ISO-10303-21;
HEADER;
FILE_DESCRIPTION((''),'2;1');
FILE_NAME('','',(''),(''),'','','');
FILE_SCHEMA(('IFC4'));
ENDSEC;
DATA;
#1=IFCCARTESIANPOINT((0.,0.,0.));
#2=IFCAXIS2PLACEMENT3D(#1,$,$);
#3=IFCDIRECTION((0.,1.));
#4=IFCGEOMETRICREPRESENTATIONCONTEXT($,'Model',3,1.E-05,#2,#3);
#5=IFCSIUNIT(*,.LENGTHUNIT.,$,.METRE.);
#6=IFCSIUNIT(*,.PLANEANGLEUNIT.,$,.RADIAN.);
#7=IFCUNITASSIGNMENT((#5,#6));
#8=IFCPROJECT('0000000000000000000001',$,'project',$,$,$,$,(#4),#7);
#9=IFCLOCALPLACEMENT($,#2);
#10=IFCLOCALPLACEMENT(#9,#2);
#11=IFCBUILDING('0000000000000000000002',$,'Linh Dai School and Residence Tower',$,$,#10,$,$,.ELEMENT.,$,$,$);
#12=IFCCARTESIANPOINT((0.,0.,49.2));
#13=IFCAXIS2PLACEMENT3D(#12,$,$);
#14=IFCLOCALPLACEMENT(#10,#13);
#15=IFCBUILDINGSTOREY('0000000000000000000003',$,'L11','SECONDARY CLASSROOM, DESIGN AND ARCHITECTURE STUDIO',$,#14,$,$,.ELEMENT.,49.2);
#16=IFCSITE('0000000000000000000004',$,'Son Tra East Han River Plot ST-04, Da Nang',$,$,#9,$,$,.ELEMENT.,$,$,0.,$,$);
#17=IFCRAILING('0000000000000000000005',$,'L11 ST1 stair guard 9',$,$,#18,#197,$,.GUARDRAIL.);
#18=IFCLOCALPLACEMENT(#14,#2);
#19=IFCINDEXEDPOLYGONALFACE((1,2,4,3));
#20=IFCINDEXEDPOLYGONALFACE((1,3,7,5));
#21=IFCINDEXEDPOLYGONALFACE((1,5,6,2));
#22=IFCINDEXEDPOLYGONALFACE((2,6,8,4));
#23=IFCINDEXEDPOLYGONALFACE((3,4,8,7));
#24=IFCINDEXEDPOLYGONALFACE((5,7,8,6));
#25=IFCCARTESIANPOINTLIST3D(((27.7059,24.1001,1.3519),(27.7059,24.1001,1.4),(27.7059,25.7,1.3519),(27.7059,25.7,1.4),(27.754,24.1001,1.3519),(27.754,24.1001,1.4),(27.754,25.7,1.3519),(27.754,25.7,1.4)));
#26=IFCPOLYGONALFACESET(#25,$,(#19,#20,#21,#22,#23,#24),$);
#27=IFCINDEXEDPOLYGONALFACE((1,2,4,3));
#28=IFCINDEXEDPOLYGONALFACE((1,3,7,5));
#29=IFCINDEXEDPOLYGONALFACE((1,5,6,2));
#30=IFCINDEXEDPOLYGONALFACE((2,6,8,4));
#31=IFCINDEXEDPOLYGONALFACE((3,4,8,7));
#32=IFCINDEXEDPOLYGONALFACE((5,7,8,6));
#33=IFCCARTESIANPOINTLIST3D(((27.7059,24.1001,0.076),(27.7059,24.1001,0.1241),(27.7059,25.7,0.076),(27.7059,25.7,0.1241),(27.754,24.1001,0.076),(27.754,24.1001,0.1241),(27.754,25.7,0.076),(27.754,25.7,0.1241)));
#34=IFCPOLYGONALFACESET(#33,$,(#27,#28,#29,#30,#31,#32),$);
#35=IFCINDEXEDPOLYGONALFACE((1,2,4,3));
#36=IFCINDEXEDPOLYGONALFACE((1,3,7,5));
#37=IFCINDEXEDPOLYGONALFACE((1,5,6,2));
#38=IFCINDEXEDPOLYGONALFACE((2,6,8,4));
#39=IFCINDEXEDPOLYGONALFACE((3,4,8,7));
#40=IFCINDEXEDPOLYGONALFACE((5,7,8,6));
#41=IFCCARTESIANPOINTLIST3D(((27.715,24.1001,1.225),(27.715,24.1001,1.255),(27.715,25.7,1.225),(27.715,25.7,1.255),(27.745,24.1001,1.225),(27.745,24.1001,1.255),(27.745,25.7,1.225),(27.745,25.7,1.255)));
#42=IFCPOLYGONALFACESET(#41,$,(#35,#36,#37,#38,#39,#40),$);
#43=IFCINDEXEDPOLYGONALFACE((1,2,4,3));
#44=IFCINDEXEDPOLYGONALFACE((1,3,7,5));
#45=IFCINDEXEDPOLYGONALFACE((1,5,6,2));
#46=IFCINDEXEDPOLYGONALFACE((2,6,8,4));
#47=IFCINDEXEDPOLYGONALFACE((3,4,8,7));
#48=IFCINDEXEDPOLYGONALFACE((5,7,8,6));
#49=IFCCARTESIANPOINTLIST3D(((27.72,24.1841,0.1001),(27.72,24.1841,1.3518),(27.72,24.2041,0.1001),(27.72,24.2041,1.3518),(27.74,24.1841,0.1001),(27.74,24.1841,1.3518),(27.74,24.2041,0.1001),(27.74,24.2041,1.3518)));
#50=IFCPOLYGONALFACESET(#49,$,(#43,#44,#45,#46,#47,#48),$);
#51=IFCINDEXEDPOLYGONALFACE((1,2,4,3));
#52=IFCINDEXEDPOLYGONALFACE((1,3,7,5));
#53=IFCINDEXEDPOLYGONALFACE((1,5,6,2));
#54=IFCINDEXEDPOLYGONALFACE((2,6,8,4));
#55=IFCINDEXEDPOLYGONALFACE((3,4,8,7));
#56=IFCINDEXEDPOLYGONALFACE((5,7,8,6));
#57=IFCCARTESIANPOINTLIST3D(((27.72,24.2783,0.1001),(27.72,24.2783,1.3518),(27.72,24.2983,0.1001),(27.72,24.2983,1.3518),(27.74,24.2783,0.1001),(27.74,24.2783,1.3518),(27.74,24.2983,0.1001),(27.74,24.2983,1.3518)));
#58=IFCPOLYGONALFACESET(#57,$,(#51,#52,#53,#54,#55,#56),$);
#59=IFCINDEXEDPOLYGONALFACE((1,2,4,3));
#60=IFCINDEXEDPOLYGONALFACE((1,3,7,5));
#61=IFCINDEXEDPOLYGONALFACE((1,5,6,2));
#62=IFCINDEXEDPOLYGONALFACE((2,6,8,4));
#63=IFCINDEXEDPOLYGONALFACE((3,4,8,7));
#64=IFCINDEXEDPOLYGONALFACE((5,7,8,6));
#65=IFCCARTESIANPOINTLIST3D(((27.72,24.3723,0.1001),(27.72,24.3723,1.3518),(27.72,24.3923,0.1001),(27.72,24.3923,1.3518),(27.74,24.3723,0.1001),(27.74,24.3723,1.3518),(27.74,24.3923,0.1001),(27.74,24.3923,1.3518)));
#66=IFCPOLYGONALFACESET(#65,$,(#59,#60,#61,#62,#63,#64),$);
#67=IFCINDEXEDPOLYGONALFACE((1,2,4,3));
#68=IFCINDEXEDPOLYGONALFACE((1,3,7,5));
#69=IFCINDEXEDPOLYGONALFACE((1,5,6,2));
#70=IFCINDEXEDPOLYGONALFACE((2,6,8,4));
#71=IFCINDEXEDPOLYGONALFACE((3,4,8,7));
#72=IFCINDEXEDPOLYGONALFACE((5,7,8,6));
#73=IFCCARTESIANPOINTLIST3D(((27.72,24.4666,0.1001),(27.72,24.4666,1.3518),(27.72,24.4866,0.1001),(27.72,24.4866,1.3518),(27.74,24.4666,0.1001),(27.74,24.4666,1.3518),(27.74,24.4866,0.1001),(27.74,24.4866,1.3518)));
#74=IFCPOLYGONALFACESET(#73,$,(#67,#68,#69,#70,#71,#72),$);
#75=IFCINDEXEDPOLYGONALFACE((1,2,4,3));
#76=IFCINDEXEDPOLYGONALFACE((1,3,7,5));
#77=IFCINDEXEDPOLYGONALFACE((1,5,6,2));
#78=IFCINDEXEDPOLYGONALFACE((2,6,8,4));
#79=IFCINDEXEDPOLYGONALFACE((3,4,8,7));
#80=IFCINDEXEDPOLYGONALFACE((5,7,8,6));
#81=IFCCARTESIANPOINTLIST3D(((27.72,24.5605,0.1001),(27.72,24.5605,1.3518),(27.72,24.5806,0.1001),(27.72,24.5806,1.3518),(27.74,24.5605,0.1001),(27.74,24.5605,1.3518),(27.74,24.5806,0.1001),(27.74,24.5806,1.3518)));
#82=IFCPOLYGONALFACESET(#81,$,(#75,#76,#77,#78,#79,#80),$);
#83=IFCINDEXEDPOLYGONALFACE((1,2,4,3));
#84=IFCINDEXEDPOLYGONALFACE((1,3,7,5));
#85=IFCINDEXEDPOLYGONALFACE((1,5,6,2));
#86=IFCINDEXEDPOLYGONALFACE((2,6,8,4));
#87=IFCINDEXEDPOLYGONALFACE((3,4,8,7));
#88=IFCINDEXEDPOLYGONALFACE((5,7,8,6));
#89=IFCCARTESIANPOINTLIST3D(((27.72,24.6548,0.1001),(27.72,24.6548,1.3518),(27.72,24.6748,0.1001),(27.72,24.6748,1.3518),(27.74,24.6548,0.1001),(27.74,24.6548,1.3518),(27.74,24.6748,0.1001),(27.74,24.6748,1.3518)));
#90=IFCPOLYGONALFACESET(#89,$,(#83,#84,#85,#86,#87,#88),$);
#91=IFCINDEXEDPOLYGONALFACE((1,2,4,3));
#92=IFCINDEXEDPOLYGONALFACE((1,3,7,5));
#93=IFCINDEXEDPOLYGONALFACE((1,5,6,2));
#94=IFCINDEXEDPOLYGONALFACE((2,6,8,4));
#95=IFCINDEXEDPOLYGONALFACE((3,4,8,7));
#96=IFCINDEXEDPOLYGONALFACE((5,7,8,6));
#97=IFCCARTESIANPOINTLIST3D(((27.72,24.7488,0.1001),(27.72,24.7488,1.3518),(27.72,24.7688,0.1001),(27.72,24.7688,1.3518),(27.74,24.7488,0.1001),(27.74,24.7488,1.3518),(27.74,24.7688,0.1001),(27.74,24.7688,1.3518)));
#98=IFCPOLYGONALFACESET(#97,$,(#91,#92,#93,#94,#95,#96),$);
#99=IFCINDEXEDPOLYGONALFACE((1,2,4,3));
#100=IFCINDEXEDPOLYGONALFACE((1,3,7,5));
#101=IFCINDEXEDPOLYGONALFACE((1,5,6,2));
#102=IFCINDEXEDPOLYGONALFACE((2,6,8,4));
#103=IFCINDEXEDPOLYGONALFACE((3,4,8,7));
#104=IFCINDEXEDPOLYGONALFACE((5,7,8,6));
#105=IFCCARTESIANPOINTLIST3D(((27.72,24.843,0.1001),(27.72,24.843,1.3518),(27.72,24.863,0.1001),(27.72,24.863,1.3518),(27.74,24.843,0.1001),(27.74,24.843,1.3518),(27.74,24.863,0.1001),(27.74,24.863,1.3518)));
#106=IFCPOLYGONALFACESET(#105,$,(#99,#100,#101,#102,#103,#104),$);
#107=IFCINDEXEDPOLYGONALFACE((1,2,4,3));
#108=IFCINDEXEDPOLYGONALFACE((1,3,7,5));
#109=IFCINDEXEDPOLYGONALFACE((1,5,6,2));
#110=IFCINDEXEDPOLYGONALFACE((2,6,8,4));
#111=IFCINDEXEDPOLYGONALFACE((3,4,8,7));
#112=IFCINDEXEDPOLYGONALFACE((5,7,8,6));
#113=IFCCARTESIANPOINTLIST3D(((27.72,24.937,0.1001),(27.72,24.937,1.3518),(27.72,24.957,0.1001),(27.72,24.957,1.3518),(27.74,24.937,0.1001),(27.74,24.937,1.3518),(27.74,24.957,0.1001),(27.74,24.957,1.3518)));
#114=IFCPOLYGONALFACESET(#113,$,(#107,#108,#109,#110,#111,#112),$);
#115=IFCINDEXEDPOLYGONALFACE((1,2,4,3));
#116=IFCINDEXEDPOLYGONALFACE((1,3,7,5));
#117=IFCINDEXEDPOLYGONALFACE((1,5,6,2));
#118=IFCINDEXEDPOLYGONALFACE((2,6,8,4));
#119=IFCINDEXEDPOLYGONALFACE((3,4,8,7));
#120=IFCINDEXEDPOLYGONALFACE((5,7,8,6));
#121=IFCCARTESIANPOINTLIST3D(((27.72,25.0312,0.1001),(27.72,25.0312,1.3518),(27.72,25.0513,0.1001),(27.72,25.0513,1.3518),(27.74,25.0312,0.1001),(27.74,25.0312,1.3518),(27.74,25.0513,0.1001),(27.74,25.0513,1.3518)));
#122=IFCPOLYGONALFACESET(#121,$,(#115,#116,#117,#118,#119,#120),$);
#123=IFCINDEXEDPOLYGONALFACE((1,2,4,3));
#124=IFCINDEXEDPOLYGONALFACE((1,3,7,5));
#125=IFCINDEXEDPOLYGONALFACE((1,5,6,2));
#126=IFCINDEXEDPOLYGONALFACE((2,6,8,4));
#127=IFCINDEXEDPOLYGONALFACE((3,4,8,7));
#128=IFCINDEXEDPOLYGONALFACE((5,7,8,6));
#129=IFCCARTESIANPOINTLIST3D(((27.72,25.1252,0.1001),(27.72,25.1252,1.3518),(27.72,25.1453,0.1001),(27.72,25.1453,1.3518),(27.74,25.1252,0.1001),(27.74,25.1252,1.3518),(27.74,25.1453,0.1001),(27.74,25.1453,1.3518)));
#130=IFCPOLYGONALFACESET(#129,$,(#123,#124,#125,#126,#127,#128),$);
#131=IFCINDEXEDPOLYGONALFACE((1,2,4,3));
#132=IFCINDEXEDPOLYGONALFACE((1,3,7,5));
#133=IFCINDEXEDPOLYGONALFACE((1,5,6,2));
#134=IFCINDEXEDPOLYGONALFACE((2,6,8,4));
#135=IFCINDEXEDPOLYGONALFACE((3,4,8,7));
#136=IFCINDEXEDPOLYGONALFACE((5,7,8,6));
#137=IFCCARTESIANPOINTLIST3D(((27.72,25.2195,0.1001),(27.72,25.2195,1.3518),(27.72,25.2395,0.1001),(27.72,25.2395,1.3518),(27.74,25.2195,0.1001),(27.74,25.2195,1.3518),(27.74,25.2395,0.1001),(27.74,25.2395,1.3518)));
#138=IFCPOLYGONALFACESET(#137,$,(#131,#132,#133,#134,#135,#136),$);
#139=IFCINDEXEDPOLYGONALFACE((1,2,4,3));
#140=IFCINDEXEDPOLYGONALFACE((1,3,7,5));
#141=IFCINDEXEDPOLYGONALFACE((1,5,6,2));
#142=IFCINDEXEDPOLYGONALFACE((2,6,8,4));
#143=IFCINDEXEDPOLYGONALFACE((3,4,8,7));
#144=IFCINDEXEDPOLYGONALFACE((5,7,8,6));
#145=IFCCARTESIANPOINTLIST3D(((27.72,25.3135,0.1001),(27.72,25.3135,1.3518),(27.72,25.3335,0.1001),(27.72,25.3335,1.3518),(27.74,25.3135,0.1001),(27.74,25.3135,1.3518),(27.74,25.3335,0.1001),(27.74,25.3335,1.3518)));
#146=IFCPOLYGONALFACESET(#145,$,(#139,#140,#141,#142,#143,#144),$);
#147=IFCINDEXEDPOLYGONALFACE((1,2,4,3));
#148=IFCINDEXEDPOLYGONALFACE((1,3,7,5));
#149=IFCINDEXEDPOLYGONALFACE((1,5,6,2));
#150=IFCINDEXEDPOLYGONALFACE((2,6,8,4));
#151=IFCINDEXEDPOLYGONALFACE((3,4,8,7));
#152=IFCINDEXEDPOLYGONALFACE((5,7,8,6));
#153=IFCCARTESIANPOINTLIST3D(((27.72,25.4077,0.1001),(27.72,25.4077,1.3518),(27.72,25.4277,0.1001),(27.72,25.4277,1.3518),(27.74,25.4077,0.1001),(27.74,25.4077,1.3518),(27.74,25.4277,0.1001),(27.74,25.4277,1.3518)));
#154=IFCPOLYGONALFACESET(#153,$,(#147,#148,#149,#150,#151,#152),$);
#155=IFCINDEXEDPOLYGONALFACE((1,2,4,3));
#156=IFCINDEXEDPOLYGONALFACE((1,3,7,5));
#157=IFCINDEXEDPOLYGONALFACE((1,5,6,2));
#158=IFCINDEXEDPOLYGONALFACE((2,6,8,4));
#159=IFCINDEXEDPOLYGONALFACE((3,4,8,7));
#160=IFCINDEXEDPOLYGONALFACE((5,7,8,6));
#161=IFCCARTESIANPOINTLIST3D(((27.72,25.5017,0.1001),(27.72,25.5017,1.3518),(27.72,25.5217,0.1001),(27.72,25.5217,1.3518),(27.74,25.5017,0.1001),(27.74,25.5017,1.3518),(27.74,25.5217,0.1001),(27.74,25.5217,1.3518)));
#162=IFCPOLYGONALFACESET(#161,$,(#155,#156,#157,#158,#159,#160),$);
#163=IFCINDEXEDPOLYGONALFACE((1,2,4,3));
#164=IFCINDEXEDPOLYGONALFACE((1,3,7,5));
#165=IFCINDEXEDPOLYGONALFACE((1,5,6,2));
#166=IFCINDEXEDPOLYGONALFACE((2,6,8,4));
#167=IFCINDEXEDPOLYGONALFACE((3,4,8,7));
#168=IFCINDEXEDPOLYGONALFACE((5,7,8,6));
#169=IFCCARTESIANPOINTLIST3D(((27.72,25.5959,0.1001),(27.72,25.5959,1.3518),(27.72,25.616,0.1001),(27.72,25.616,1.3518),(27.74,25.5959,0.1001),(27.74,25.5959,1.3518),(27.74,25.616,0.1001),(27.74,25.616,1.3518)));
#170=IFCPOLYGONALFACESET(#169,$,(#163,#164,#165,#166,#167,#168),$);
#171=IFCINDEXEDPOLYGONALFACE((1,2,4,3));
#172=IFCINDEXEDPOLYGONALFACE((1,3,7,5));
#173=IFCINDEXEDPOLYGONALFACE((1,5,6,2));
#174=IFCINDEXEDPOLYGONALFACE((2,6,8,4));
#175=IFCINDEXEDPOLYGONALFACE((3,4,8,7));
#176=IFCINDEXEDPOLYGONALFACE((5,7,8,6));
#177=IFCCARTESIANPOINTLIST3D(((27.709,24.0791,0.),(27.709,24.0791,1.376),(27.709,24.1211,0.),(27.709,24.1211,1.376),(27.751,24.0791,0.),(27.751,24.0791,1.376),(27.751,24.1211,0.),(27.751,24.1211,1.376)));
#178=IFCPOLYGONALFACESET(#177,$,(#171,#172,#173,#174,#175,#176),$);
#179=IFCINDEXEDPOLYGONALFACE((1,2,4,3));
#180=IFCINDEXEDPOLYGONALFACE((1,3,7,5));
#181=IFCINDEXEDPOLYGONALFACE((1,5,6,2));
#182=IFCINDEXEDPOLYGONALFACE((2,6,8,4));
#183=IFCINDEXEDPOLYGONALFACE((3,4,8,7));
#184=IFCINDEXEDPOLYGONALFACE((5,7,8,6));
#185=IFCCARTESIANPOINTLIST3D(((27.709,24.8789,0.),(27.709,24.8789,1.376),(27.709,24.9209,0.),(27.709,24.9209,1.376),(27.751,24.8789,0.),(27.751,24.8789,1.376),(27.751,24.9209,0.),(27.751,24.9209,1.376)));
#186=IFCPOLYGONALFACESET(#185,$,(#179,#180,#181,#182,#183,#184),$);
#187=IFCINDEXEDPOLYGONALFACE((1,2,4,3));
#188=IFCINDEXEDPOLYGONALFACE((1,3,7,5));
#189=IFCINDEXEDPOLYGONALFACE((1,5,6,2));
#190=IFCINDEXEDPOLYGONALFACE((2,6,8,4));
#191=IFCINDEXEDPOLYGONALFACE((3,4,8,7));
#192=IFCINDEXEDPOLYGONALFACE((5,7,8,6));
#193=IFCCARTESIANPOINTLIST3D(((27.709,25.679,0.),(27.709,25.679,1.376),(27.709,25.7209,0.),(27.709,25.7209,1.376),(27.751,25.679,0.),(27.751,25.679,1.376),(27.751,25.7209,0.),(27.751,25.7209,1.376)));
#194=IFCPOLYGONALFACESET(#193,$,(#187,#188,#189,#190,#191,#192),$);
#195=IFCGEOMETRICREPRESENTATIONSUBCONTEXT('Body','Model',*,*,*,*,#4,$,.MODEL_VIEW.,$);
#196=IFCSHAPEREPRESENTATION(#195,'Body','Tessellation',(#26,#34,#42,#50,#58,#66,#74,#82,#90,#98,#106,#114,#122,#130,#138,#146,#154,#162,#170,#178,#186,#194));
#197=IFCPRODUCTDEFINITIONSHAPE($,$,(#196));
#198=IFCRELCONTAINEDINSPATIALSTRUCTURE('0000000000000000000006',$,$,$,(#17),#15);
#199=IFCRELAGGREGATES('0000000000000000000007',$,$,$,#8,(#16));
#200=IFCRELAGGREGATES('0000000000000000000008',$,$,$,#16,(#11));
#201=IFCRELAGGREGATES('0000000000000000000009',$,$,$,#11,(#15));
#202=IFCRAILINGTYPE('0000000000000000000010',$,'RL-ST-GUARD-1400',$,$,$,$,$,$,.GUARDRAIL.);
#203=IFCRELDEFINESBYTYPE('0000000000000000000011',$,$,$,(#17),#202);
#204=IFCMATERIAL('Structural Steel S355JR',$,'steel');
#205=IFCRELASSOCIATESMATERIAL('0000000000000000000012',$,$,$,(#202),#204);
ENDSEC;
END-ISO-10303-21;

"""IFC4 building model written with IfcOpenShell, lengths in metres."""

from ifc_helpers import new_model, si_unit, direction, frame, origin, origin_2d, place, context, subcontext, project, spatial, rectangle, extrude, source, transform, mapped, material, type_object, element, save


model = new_model("IFC4")

# Units and contexts
model_context = context("Model", 3, precision=1e-05, world=origin(), true_north=direction((0.0, 1.0)))
body_context = subcontext(model_context, "Body", "Model", "MODEL_VIEW")
ifc_project = project(units=[si_unit("LENGTHUNIT", "METRE"), si_unit("PLANEANGLEUNIT", "RADIAN")], contexts=[model_context])

# Site, building, storey
site_placement = place(None, origin())
site = spatial("IfcSite", under=ifc_project, at=site_placement, Name="Son Tra East Han River Plot ST-04, Da Nang", CompositionType="ELEMENT", RefElevation=0.0)
building_placement = place(site_placement, origin())
building = spatial("IfcBuilding", under=site, at=building_placement, Name="Linh Dai School and Residence Tower", CompositionType="ELEMENT")
storey_placement = place(building_placement, frame((0.0, 0.0, 49.2)))
storey = spatial("IfcBuildingStorey", under=building, at=storey_placement, Name="L11", Description="SECONDARY CLASSROOM, DESIGN AND ARCHITECTURE STUDIO", CompositionType="ELEMENT", Elevation=49.2)

# Shared definitions
ifc_material_1 = material(Name="Structural Steel S355JR", Category="steel")

# Railing
railing_type_1 = type_object("IfcRailingType", Name="RL-ST-GUARD-1400", PredefinedType="GUARDRAIL", material=ifc_material_1)
shared_shape_1 = source(origin(), body_context, "Body", "SweptSolid", [
    extrude(rectangle(XDim=0.0481, YDim=0.0481, at=origin_2d()), frame((0.0, 0.0, 1.376), z_axis=(0.0, 1.0, 0.0), x_axis=(-1.0, 0.0, 0.0)), (0.0, 0.0, 1.0), 1.5999),
    extrude(rectangle(XDim=0.0481, YDim=0.0481, at=origin_2d()), frame((0.0, 0.0, 0.1001), z_axis=(0.0, 1.0, 0.0), x_axis=(-1.0, 0.0, 0.0)), (0.0, 0.0, 1.0), 1.5999),
    extrude(rectangle(XDim=0.03, YDim=0.03, at=origin_2d()), frame((0.0, 0.0, 1.24), z_axis=(0.0, 1.0, 0.0), x_axis=(-1.0, 0.0, 0.0)), (0.0, 0.0, 1.0), 1.5999),
    extrude(rectangle(XDim=0.02, YDim=0.02, at=origin_2d()), frame((0.0, 0.094, 0.1001)), (0.0, 0.0, 1.0), 1.2517),
    extrude(rectangle(XDim=0.02, YDim=0.02, at=origin_2d()), frame((0.0, 0.1882, 0.1001)), (0.0, 0.0, 1.0), 1.2517),
    extrude(rectangle(XDim=0.02, YDim=0.02, at=origin_2d()), frame((0.0, 0.2822, 0.1001)), (0.0, 0.0, 1.0), 1.2517),
    extrude(rectangle(XDim=0.02, YDim=0.02, at=origin_2d()), frame((0.0, 0.3765, 0.1001)), (0.0, 0.0, 1.0), 1.2517),
    extrude(rectangle(XDim=0.02, YDim=0.02, at=origin_2d()), frame((0.0, 0.4705, 0.1001)), (0.0, 0.0, 1.0), 1.2517),
    extrude(rectangle(XDim=0.02, YDim=0.02, at=origin_2d()), frame((0.0, 0.5647, 0.1001)), (0.0, 0.0, 1.0), 1.2517),
    extrude(rectangle(XDim=0.02, YDim=0.02, at=origin_2d()), frame((0.0, 0.6587, 0.1001)), (0.0, 0.0, 1.0), 1.2517),
    extrude(rectangle(XDim=0.02, YDim=0.02, at=origin_2d()), frame((0.0, 0.7529, 0.1001)), (0.0, 0.0, 1.0), 1.2517),
    extrude(rectangle(XDim=0.02, YDim=0.02, at=origin_2d()), frame((0.0, 0.8469, 0.1001)), (0.0, 0.0, 1.0), 1.2517),
    extrude(rectangle(XDim=0.02, YDim=0.02, at=origin_2d()), frame((0.0, 0.9412, 0.1001)), (0.0, 0.0, 1.0), 1.2517),
    extrude(rectangle(XDim=0.02, YDim=0.02, at=origin_2d()), frame((0.0, 1.0352, 0.1001)), (0.0, 0.0, 1.0), 1.2517),
    extrude(rectangle(XDim=0.02, YDim=0.02, at=origin_2d()), frame((0.0, 1.1294, 0.1001)), (0.0, 0.0, 1.0), 1.2517),
    extrude(rectangle(XDim=0.02, YDim=0.02, at=origin_2d()), frame((0.0, 1.2234, 0.1001)), (0.0, 0.0, 1.0), 1.2517),
    extrude(rectangle(XDim=0.02, YDim=0.02, at=origin_2d()), frame((0.0, 1.3176, 0.1001)), (0.0, 0.0, 1.0), 1.2517),
    extrude(rectangle(XDim=0.02, YDim=0.02, at=origin_2d()), frame((0.0, 1.4116, 0.1001)), (0.0, 0.0, 1.0), 1.2517),
    extrude(rectangle(XDim=0.02, YDim=0.02, at=origin_2d()), frame((0.0, 1.5059, 0.1001)), (0.0, 0.0, 1.0), 1.2517),
    extrude(rectangle(XDim=0.042, YDim=0.042, at=origin_2d()), origin(), (0.0, 0.0, 1.0), 1.376),
    extrude(rectangle(XDim=0.042, YDim=0.042, at=origin_2d()), frame((0.0, 0.7998, 0.0)), (0.0, 0.0, 1.0), 1.376),
    extrude(rectangle(XDim=0.042, YDim=0.042, at=origin_2d()), frame((0.0, 1.5999, 0.0)), (0.0, 0.0, 1.0), 1.376),
])
for number, where, name in (
    (1, (27.73, 24.1001, 0.0), "L11 ST1 stair guard 9"),
):
    element("IfcRailing", number, at=place(storey_placement, frame(where)), inside=storey, type_object=railing_type_1, Name=name, PredefinedType="GUARDRAIL", context=body_context, shape_type="MappedRepresentation", body=[
        mapped(shared_shape_1, transform((0.0, 0.0, 0.0), x_axis=(1.0, 0.0, 0.0), y_axis=(0.0, 1.0, 0.0), z_axis=(0.0, 0.0, 1.0), scale=1.0)),
    ])

save(model, "model.ifc")
